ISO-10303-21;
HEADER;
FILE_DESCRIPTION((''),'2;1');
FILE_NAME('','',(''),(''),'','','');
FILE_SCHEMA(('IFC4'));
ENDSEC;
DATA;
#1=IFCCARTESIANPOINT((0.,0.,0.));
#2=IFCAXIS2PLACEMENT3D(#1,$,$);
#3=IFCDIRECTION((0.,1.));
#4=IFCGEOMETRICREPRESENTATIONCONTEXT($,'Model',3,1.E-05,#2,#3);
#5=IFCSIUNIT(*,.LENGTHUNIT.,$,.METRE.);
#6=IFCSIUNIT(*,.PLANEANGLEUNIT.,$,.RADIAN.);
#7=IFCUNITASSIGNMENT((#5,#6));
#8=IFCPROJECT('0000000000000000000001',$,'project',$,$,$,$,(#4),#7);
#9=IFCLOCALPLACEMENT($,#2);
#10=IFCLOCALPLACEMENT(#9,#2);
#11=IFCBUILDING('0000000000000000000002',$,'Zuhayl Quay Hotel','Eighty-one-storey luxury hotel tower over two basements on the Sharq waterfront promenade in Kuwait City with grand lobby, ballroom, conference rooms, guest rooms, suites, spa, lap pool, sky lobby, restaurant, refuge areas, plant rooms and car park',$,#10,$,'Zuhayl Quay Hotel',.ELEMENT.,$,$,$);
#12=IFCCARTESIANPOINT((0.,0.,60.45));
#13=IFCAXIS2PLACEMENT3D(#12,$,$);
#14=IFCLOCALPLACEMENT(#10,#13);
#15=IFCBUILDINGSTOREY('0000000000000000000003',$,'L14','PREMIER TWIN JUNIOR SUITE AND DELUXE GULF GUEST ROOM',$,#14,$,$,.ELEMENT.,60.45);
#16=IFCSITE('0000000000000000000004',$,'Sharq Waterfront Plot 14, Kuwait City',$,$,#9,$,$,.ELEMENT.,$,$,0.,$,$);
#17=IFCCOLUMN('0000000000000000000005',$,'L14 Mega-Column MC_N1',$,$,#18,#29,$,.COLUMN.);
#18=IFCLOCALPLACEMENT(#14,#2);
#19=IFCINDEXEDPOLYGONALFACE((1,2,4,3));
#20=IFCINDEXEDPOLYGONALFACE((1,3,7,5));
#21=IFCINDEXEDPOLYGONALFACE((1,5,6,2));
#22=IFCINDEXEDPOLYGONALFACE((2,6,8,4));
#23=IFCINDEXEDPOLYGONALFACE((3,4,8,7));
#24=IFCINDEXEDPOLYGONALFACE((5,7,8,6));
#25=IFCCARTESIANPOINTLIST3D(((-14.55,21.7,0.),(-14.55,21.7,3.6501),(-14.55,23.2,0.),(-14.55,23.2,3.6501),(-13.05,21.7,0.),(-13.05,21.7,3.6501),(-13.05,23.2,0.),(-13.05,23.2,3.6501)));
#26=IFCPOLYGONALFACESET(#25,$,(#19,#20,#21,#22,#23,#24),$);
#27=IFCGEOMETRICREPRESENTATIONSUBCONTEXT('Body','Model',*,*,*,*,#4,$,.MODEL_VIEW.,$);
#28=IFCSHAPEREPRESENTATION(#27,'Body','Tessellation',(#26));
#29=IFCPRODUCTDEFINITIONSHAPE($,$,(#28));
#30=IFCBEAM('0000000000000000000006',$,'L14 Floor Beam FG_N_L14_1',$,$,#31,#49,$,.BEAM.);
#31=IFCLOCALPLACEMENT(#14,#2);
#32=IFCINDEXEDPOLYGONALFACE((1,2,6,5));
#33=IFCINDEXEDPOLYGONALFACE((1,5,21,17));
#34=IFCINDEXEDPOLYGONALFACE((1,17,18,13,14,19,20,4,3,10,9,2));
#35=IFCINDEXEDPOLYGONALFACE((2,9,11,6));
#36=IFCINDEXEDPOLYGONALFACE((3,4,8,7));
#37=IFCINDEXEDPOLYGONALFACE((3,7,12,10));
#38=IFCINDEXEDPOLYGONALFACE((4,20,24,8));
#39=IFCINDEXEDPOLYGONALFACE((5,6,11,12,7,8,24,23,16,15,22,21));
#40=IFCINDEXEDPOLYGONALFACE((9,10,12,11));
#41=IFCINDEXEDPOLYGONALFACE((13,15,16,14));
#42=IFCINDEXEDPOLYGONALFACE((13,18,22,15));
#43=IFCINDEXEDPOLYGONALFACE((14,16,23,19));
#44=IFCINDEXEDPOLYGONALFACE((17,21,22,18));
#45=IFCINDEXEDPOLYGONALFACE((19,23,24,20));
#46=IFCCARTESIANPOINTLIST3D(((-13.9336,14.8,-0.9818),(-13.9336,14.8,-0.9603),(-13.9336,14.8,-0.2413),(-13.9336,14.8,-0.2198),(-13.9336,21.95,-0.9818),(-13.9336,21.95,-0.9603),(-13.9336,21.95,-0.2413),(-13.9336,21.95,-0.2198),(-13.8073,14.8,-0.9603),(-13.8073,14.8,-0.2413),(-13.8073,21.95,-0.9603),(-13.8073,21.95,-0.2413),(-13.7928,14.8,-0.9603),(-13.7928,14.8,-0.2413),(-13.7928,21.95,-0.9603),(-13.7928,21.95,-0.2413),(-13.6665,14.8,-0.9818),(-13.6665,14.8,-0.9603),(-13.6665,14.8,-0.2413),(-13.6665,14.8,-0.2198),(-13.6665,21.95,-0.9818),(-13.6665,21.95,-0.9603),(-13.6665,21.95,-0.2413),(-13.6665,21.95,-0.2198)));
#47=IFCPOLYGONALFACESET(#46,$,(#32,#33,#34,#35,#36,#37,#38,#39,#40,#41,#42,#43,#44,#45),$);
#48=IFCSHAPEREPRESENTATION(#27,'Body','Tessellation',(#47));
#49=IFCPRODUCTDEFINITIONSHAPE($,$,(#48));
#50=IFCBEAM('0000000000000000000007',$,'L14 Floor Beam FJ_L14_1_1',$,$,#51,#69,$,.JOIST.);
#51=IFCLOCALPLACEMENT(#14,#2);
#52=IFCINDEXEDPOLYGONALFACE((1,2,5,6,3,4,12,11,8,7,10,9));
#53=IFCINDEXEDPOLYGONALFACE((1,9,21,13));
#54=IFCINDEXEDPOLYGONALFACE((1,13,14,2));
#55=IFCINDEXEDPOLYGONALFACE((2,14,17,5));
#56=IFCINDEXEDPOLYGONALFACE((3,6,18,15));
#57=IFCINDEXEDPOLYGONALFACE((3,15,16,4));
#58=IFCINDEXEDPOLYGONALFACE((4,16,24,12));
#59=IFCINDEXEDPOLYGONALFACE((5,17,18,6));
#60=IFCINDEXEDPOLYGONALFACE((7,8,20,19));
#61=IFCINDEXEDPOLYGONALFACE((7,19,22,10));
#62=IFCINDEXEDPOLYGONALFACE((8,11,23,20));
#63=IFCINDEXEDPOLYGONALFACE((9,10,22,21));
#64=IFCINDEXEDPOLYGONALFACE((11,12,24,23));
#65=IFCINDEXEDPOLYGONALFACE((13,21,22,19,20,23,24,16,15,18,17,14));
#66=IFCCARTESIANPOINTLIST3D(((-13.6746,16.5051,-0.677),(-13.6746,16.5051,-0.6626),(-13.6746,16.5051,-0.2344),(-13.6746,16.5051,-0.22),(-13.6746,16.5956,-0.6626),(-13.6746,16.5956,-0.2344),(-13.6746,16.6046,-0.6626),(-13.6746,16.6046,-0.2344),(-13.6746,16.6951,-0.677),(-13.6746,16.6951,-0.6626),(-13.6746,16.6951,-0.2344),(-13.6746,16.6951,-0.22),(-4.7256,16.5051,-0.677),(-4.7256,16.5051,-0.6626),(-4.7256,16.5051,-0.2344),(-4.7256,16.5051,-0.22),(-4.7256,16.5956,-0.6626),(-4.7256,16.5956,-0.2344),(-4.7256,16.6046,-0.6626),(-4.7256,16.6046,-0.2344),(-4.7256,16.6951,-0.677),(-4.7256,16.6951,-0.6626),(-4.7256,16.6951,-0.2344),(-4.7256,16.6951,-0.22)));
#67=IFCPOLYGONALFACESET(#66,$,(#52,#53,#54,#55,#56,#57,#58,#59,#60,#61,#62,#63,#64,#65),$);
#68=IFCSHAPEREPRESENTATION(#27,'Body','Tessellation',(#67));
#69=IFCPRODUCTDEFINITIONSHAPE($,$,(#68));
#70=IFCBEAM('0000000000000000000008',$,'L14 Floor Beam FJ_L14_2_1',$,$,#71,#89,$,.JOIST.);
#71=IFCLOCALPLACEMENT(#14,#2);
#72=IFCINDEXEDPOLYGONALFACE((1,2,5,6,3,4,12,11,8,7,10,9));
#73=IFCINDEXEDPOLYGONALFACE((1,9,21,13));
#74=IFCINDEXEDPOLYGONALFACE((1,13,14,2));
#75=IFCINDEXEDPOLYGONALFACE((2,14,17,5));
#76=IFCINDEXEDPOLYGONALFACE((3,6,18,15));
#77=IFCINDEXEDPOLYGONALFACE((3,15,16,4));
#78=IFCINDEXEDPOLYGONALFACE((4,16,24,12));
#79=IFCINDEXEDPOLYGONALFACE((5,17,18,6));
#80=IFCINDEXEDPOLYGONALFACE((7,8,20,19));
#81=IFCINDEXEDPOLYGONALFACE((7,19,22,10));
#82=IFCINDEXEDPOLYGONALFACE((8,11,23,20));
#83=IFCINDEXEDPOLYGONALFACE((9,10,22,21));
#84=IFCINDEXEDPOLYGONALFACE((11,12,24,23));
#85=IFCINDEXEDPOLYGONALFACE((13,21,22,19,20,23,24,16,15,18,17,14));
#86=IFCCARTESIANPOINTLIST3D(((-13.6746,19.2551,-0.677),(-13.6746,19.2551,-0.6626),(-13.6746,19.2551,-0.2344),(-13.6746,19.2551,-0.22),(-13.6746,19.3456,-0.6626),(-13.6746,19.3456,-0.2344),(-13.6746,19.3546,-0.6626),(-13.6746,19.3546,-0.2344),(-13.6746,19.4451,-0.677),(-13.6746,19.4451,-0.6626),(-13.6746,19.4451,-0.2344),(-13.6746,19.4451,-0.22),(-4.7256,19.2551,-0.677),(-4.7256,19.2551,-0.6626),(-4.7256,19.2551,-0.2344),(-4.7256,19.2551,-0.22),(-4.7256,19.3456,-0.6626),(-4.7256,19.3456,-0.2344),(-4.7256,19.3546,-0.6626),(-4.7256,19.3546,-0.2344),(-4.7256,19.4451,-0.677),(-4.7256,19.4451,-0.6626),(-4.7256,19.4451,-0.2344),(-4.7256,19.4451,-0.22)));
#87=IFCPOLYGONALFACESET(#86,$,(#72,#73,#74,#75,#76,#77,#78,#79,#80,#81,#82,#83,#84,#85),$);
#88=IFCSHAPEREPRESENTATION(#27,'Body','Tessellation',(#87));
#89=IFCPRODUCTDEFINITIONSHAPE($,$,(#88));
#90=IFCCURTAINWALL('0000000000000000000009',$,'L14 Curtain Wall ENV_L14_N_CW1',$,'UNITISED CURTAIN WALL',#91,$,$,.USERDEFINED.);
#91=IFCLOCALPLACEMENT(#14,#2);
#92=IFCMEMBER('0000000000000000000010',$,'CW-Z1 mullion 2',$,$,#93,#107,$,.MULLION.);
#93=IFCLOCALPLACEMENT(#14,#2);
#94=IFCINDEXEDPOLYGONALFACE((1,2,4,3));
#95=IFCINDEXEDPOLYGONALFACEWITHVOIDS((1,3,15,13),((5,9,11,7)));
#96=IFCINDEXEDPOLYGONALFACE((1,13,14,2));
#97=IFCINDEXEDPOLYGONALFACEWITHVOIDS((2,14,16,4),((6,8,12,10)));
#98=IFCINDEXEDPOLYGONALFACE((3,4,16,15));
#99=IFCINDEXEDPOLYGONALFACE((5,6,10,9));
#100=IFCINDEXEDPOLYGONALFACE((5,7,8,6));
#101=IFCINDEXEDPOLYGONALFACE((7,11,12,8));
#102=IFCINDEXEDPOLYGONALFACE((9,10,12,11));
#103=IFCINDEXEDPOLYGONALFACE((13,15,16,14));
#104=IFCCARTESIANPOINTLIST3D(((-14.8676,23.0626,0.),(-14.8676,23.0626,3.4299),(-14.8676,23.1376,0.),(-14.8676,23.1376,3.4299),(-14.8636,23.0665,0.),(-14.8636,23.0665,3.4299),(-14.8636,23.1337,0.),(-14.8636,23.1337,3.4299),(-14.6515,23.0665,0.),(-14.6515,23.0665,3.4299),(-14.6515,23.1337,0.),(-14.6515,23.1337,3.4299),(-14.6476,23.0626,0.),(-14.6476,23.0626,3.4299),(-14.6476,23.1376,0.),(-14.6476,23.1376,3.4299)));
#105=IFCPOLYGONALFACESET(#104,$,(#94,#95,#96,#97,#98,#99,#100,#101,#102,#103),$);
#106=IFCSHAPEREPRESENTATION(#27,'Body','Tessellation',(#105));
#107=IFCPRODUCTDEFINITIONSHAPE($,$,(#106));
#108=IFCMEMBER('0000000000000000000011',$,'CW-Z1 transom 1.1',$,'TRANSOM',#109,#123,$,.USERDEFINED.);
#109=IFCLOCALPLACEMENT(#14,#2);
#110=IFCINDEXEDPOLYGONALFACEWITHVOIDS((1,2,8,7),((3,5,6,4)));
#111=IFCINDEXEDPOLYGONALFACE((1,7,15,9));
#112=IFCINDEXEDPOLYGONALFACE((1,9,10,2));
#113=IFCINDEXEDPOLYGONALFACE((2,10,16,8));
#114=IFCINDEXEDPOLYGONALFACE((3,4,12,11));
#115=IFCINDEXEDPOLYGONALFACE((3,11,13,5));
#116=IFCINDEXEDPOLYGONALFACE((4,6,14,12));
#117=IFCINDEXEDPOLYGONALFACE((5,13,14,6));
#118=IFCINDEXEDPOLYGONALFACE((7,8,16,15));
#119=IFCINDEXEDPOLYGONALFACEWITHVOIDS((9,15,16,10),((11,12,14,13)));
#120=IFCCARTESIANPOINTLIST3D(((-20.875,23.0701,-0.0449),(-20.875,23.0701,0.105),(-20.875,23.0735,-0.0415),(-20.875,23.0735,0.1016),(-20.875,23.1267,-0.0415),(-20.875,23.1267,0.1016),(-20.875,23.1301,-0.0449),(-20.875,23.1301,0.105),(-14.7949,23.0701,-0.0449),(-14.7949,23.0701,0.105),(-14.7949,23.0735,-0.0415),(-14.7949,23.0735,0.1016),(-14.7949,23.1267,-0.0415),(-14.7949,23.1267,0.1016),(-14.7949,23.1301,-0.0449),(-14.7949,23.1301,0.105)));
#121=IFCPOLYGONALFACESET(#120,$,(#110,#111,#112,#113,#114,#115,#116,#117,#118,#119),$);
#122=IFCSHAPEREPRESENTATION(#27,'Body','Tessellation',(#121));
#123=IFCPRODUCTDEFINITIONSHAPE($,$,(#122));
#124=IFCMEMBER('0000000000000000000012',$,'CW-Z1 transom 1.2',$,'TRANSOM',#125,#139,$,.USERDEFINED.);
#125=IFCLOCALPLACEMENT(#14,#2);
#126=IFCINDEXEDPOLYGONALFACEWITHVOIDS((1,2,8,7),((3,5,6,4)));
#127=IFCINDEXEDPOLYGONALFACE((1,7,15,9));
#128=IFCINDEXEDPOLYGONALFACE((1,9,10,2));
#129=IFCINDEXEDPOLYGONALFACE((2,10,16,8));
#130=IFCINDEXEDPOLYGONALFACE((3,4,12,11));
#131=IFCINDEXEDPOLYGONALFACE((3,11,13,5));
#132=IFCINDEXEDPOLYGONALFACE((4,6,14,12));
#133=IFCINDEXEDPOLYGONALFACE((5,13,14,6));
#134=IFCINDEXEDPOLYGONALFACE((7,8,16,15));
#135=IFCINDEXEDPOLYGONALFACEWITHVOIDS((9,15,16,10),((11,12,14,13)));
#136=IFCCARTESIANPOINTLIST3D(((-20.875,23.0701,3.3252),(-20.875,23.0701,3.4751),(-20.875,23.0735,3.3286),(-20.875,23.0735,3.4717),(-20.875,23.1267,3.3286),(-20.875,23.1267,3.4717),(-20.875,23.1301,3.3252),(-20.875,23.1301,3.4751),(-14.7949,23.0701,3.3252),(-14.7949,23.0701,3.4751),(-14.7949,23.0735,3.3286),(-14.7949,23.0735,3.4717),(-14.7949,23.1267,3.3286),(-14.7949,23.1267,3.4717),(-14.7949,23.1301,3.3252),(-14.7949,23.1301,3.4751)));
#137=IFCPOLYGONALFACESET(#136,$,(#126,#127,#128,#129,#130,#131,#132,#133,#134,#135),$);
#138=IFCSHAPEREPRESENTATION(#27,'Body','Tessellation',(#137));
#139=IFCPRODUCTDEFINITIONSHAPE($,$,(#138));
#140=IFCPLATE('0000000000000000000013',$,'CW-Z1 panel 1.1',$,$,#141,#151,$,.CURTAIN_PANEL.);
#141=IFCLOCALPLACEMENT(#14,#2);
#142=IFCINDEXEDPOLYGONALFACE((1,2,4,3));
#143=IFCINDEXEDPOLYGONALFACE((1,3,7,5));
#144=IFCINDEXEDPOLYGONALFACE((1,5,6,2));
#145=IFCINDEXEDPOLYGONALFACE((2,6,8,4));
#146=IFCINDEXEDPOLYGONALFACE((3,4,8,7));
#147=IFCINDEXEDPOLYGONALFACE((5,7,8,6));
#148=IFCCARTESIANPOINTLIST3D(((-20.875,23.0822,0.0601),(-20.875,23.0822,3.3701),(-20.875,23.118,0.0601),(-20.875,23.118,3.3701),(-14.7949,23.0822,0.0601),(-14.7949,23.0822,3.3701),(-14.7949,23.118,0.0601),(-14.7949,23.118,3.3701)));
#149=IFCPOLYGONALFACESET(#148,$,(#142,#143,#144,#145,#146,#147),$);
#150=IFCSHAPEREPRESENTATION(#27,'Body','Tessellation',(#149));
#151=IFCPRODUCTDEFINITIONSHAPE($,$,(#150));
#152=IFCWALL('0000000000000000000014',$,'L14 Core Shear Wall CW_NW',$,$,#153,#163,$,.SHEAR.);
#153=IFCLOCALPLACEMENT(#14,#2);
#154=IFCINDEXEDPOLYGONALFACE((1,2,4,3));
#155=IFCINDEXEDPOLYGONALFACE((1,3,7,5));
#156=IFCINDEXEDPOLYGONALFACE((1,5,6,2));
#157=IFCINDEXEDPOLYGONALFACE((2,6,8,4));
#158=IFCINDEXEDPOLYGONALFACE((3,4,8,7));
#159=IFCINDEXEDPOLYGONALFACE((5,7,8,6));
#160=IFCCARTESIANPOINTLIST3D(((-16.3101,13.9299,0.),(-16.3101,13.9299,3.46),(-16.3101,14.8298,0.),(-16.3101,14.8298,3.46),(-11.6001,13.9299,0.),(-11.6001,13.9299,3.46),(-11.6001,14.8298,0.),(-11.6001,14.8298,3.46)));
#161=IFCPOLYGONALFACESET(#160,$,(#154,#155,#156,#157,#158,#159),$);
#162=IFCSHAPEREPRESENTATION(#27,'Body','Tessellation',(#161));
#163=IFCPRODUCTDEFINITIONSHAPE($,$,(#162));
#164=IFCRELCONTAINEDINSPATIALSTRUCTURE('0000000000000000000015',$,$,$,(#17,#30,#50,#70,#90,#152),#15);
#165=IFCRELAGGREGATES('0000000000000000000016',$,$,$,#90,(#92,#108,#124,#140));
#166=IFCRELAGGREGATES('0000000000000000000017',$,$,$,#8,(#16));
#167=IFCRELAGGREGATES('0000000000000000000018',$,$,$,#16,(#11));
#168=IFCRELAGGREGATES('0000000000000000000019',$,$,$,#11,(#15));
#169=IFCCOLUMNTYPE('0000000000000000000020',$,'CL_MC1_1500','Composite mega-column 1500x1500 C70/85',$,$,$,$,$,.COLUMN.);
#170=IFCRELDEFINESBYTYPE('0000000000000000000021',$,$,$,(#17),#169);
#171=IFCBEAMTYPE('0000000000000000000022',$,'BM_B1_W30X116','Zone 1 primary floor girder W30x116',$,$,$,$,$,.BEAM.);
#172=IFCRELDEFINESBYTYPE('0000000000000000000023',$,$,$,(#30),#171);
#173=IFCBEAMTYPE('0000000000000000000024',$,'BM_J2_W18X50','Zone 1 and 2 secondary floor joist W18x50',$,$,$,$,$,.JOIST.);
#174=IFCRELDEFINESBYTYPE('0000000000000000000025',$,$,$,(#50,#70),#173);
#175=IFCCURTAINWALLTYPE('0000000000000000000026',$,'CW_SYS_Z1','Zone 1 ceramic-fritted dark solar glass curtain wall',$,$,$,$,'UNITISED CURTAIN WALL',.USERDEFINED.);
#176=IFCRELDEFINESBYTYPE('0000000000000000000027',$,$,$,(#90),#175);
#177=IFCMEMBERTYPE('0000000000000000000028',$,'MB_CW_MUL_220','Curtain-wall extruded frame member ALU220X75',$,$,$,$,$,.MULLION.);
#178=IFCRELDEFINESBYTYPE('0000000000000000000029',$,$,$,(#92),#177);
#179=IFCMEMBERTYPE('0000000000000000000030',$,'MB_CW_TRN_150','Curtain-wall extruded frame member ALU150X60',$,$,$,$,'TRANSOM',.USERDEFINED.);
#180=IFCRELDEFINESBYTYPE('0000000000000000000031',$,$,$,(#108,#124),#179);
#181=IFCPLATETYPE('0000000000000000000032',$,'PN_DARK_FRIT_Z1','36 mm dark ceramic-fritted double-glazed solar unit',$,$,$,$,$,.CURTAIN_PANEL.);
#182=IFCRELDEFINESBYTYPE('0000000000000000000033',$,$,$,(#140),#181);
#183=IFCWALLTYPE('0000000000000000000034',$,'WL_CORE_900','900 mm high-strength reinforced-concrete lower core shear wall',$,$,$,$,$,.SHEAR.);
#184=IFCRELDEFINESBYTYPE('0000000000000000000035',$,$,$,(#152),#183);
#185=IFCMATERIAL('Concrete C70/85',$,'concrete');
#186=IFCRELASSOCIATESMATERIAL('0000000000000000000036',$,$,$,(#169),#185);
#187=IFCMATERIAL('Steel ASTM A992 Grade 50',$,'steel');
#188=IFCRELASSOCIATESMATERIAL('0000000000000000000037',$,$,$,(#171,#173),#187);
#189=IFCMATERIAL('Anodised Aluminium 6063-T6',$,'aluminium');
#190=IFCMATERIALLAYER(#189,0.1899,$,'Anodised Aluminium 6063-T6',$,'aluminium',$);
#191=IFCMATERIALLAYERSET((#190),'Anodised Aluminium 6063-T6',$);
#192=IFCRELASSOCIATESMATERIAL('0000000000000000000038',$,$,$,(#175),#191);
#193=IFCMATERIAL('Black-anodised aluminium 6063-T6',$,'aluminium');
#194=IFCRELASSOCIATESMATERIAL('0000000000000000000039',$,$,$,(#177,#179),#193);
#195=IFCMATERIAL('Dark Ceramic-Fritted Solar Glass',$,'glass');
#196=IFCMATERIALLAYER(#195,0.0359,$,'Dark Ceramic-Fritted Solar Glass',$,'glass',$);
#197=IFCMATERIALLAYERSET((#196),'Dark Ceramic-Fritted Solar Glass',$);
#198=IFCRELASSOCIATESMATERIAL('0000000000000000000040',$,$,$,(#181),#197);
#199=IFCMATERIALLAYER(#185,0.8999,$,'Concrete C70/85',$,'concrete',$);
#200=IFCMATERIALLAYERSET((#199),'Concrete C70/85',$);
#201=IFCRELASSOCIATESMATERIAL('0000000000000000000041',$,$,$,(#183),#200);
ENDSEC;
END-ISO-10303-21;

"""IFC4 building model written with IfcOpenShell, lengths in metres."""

from ifc_helpers import new_model, si_unit, direction, frame, frame_2d, origin, origin_2d, place, context, subcontext, project, spatial, rectangle, hollow_rectangle, i_section, extrude, material, layer, layer_set, material_profile, profile_set, type_object, element, aggregate, save


model = new_model("IFC4")

# Units and contexts
model_context = context("Model", 3, precision=1e-05, world=origin(), true_north=direction((0.0, 1.0)))
body_context = subcontext(model_context, "Body", "Model", "MODEL_VIEW")
ifc_project = project(units=[si_unit("LENGTHUNIT", "METRE"), si_unit("PLANEANGLEUNIT", "RADIAN")], contexts=[model_context])

# Site, building, storey
site_placement = place(None, origin())
site = spatial("IfcSite", under=ifc_project, at=site_placement, Name="Sharq Waterfront Plot 14, Kuwait City", CompositionType="ELEMENT", RefElevation=0.0)
building_placement = place(site_placement, origin())
building = spatial("IfcBuilding", under=site, at=building_placement, Name="Zuhayl Quay Hotel", Description="Eighty-one-storey luxury hotel tower over two basements on the Sharq waterfront promenade in Kuwait City with grand lobby, ballroom, conference rooms, guest rooms, suites, spa, lap pool, sky lobby, restaurant, refuge areas, plant rooms and car park", LongName="Zuhayl Quay Hotel", CompositionType="ELEMENT")
storey_placement = place(building_placement, frame((0.0, 0.0, 60.45)))
storey = spatial("IfcBuildingStorey", under=building, at=storey_placement, Name="L14", Description="PREMIER TWIN JUNIOR SUITE AND DELUXE GULF GUEST ROOM", CompositionType="ELEMENT", Elevation=60.45)

# Column
ifc_material_1 = material(Name="Concrete C70/85", Category="concrete")
ifc_material_profile_1 = material_profile(ifc_material_1, rectangle(XDim=1.5, YDim=1.5, at=origin_2d()), Name="RC1500X1500")
ifc_profile_set_1 = profile_set([ifc_material_profile_1], Name="Concrete C70/85")
column_type = type_object("IfcColumnType", Name="CL_MC1_1500", Description="Composite mega-column 1500x1500 C70/85", PredefinedType="COLUMN", material=ifc_profile_set_1)
column_placement = place(storey_placement, frame((-13.8, 22.45, 0.0), z_axis=(0.0, 0.0, 1.0), x_axis=(1.0, 0.0, 0.0)))
element("IfcColumn", 1, at=column_placement, inside=storey, type_object=column_type, Name="L14 Mega-Column MC_N1", PredefinedType="COLUMN", context=body_context, shape_type="SweptSolid", body=[
    extrude(rectangle(XDim=1.5, YDim=1.5, at=origin_2d()), origin(), (0.0, 0.0, 1.0), 3.6501),
])

# Beams
ifc_material_2 = material(Name="Steel ASTM A992 Grade 50", Category="steel")
ifc_material_profile_2 = material_profile(ifc_material_2, i_section(OverallWidth=0.2671, OverallDepth=0.762, WebThickness=0.0144, FlangeThickness=0.0215, at=origin_2d()), Name="W30X116")
ifc_profile_set_2 = profile_set([ifc_material_profile_2], Name="Steel ASTM A992 Grade 50")
beam_type_1 = type_object("IfcBeamType", Name="BM_B1_W30X116", Description="Zone 1 primary floor girder W30x116", PredefinedType="BEAM", material=ifc_profile_set_2)
beam_placement = place(storey_placement, frame((-13.8, 14.8, -0.6008), z_axis=(0.0, 1.0, 0.0), x_axis=(-1.0, 0.0, 0.0)))
element("IfcBeam", 2, at=beam_placement, inside=storey, type_object=beam_type_1, Name="L14 Floor Beam FG_N_L14_1", PredefinedType="BEAM", context=body_context, shape_type="SweptSolid", body=[
    extrude(i_section(OverallWidth=0.2671, OverallDepth=0.762, WebThickness=0.0144, FlangeThickness=0.0215, at=origin_2d()), origin(), (0.0, 0.0, 1.0), 7.1499),
])
ifc_material_profile_3 = material_profile(ifc_material_2, i_section(OverallWidth=0.1899, OverallDepth=0.457, WebThickness=0.009, FlangeThickness=0.0144, at=origin_2d()), Name="W18X50")
ifc_profile_set_3 = profile_set([ifc_material_profile_3], Name="Steel ASTM A992 Grade 50")
beam_type_2 = type_object("IfcBeamType", Name="BM_J2_W18X50", Description="Zone 1 and 2 secondary floor joist W18x50", PredefinedType="JOIST", material=ifc_profile_set_3)
for number, where, z_axis, x_axis, name in (
    (3, (-13.6746, 16.6001, -0.4485), (1.0, 0.0, 0.0), (0.0, 1.0, 0.0), "L14 Floor Beam FJ_L14_1_1"),
    (4, (-13.6746, 19.3501, -0.4485), (1.0, 0.0, 0.0), (0.0, 1.0, 0.0), "L14 Floor Beam FJ_L14_2_1"),
):
    element("IfcBeam", number, at=place(storey_placement, frame(where, z_axis=z_axis, x_axis=x_axis)), inside=storey, type_object=beam_type_2, Name=name, PredefinedType="JOIST", context=body_context, shape_type="SweptSolid", body=[
        extrude(i_section(OverallWidth=0.1899, OverallDepth=0.457, WebThickness=0.009, FlangeThickness=0.0144, at=origin_2d()), origin(), (0.0, 0.0, 1.0), 8.949),
    ])

# Curtain wall, members, plate
ifc_material_3 = material(Name="Anodised Aluminium 6063-T6", Category="aluminium")
ifc_layer_1 = layer(ifc_material_3, 0.1899, Name="Anodised Aluminium 6063-T6", Category="aluminium")
ifc_layer_set_1 = layer_set([ifc_layer_1], Name="Anodised Aluminium 6063-T6")
curtain_wall_type = type_object("IfcCurtainWallType", Name="CW_SYS_Z1", Description="Zone 1 ceramic-fritted dark solar glass curtain wall", ElementType="UNITISED CURTAIN WALL", PredefinedType="USERDEFINED", material=ifc_layer_set_1)
curtain_wall_placement = place(storey_placement, origin())
curtain_wall = element("IfcCurtainWall", 5, at=curtain_wall_placement, inside=storey, type_object=curtain_wall_type, Name="L14 Curtain Wall ENV_L14_N_CW1", ObjectType="UNITISED CURTAIN WALL", PredefinedType="USERDEFINED")
ifc_material_4 = material(Name="Black-anodised aluminium 6063-T6", Category="aluminium")
ifc_material_profile_4 = material_profile(ifc_material_4, hollow_rectangle(XDim=0.075, YDim=0.22, WallThickness=0.0039, at=origin_2d()), Name="ALU220X75")
ifc_profile_set_4 = profile_set([ifc_material_profile_4], Name="Black-anodised aluminium 6063-T6")
member_type_1 = type_object("IfcMemberType", Name="MB_CW_MUL_220", Description="Curtain-wall extruded frame member ALU220X75", PredefinedType="MULLION", material=ifc_profile_set_4)
member_1_placement = place(storey_placement, frame((-14.7576, 23.1001, 0.0), z_axis=(0.0, 0.0, 1.0), x_axis=(0.0, 1.0, 0.0)))
member_1 = element("IfcMember", 6, at=member_1_placement, type_object=member_type_1, Name="CW-Z1 mullion 2", PredefinedType="MULLION", context=body_context, shape_type="SweptSolid", body=[
    extrude(hollow_rectangle(XDim=0.075, YDim=0.22, WallThickness=0.0039, at=origin_2d()), origin(), (0.0, 0.0, 1.0), 3.4299),
])
ifc_material_profile_5 = material_profile(ifc_material_4, hollow_rectangle(XDim=0.0601, YDim=0.1499, WallThickness=0.0034, at=origin_2d()), Name="ALU150X60")
ifc_profile_set_5 = profile_set([ifc_material_profile_5], Name="Black-anodised aluminium 6063-T6")
member_type_2 = type_object("IfcMemberType", Name="MB_CW_TRN_150", Description="Curtain-wall extruded frame member ALU150X60", ElementType="TRANSOM", PredefinedType="USERDEFINED", material=ifc_profile_set_5)
member_2_placement = place(storey_placement, frame((-20.875, 23.1001, 0.03), z_axis=(1.0, 0.0, 0.0), x_axis=(0.0, 1.0, 0.0)))
member_2 = element("IfcMember", 7, at=member_2_placement, type_object=member_type_2, Name="CW-Z1 transom 1.1", ObjectType="TRANSOM", PredefinedType="USERDEFINED", context=body_context, shape_type="SweptSolid", body=[
    extrude(hollow_rectangle(XDim=0.0601, YDim=0.1499, WallThickness=0.0034, at=origin_2d()), origin(), (0.0, 0.0, 1.0), 6.0801),
])
member_3_placement = place(storey_placement, frame((-20.875, 23.1001, 3.4001), z_axis=(1.0, 0.0, 0.0), x_axis=(0.0, 1.0, 0.0)))
member_3 = element("IfcMember", 8, at=member_3_placement, type_object=member_type_2, Name="CW-Z1 transom 1.2", ObjectType="TRANSOM", PredefinedType="USERDEFINED", context=body_context, shape_type="SweptSolid", body=[
    extrude(hollow_rectangle(XDim=0.0601, YDim=0.1499, WallThickness=0.0034, at=origin_2d()), origin(), (0.0, 0.0, 1.0), 6.0801),
])
ifc_material_5 = material(Name="Dark Ceramic-Fritted Solar Glass", Category="glass")
ifc_layer_2 = layer(ifc_material_5, 0.0359, Name="Dark Ceramic-Fritted Solar Glass", Category="glass")
ifc_layer_set_2 = layer_set([ifc_layer_2], Name="Dark Ceramic-Fritted Solar Glass")
plate_type = type_object("IfcPlateType", Name="PN_DARK_FRIT_Z1", Description="36 mm dark ceramic-fritted double-glazed solar unit", PredefinedType="CURTAIN_PANEL", material=ifc_layer_set_2)
plate_placement = place(storey_placement, frame((-17.835, 23.1001, 0.0601), z_axis=(0.0, 0.0, 1.0), x_axis=(1.0, 0.0, 0.0)))
plate = element("IfcPlate", 9, at=plate_placement, type_object=plate_type, Name="CW-Z1 panel 1.1", PredefinedType="CURTAIN_PANEL", context=body_context, shape_type="SweptSolid", body=[
    extrude(rectangle(XDim=6.0801, YDim=0.0359, at=origin_2d()), origin(), (0.0, 0.0, 1.0), 3.3101),
])
aggregate(curtain_wall, [member_1, member_2, member_3, plate])

# Wall
ifc_layer_3 = layer(ifc_material_1, 0.8999, Name="Concrete C70/85", Category="concrete")
ifc_layer_set_3 = layer_set([ifc_layer_3], Name="Concrete C70/85")
wall_type_1 = type_object("IfcWallType", Name="WL_CORE_900", Description="900 mm high-strength reinforced-concrete lower core shear wall", PredefinedType="SHEAR", material=ifc_layer_set_3)
wall_1_placement = place(storey_placement, frame((-16.3101, 14.3799, 0.0), z_axis=(0.0, 0.0, 1.0), x_axis=(1.0, 0.0, 0.0)))
element("IfcWall", 10, at=wall_1_placement, inside=storey, type_object=wall_type_1, Name="L14 Core Shear Wall CW_NW", PredefinedType="SHEAR", context=body_context, shape_type="SweptSolid", body=[
    extrude(rectangle(XDim=4.71, YDim=0.8999, at=frame_2d((2.355, 0.0))), origin(), (0.0, 0.0, 1.0), 3.46),
])

save(model, "model.ifc")
